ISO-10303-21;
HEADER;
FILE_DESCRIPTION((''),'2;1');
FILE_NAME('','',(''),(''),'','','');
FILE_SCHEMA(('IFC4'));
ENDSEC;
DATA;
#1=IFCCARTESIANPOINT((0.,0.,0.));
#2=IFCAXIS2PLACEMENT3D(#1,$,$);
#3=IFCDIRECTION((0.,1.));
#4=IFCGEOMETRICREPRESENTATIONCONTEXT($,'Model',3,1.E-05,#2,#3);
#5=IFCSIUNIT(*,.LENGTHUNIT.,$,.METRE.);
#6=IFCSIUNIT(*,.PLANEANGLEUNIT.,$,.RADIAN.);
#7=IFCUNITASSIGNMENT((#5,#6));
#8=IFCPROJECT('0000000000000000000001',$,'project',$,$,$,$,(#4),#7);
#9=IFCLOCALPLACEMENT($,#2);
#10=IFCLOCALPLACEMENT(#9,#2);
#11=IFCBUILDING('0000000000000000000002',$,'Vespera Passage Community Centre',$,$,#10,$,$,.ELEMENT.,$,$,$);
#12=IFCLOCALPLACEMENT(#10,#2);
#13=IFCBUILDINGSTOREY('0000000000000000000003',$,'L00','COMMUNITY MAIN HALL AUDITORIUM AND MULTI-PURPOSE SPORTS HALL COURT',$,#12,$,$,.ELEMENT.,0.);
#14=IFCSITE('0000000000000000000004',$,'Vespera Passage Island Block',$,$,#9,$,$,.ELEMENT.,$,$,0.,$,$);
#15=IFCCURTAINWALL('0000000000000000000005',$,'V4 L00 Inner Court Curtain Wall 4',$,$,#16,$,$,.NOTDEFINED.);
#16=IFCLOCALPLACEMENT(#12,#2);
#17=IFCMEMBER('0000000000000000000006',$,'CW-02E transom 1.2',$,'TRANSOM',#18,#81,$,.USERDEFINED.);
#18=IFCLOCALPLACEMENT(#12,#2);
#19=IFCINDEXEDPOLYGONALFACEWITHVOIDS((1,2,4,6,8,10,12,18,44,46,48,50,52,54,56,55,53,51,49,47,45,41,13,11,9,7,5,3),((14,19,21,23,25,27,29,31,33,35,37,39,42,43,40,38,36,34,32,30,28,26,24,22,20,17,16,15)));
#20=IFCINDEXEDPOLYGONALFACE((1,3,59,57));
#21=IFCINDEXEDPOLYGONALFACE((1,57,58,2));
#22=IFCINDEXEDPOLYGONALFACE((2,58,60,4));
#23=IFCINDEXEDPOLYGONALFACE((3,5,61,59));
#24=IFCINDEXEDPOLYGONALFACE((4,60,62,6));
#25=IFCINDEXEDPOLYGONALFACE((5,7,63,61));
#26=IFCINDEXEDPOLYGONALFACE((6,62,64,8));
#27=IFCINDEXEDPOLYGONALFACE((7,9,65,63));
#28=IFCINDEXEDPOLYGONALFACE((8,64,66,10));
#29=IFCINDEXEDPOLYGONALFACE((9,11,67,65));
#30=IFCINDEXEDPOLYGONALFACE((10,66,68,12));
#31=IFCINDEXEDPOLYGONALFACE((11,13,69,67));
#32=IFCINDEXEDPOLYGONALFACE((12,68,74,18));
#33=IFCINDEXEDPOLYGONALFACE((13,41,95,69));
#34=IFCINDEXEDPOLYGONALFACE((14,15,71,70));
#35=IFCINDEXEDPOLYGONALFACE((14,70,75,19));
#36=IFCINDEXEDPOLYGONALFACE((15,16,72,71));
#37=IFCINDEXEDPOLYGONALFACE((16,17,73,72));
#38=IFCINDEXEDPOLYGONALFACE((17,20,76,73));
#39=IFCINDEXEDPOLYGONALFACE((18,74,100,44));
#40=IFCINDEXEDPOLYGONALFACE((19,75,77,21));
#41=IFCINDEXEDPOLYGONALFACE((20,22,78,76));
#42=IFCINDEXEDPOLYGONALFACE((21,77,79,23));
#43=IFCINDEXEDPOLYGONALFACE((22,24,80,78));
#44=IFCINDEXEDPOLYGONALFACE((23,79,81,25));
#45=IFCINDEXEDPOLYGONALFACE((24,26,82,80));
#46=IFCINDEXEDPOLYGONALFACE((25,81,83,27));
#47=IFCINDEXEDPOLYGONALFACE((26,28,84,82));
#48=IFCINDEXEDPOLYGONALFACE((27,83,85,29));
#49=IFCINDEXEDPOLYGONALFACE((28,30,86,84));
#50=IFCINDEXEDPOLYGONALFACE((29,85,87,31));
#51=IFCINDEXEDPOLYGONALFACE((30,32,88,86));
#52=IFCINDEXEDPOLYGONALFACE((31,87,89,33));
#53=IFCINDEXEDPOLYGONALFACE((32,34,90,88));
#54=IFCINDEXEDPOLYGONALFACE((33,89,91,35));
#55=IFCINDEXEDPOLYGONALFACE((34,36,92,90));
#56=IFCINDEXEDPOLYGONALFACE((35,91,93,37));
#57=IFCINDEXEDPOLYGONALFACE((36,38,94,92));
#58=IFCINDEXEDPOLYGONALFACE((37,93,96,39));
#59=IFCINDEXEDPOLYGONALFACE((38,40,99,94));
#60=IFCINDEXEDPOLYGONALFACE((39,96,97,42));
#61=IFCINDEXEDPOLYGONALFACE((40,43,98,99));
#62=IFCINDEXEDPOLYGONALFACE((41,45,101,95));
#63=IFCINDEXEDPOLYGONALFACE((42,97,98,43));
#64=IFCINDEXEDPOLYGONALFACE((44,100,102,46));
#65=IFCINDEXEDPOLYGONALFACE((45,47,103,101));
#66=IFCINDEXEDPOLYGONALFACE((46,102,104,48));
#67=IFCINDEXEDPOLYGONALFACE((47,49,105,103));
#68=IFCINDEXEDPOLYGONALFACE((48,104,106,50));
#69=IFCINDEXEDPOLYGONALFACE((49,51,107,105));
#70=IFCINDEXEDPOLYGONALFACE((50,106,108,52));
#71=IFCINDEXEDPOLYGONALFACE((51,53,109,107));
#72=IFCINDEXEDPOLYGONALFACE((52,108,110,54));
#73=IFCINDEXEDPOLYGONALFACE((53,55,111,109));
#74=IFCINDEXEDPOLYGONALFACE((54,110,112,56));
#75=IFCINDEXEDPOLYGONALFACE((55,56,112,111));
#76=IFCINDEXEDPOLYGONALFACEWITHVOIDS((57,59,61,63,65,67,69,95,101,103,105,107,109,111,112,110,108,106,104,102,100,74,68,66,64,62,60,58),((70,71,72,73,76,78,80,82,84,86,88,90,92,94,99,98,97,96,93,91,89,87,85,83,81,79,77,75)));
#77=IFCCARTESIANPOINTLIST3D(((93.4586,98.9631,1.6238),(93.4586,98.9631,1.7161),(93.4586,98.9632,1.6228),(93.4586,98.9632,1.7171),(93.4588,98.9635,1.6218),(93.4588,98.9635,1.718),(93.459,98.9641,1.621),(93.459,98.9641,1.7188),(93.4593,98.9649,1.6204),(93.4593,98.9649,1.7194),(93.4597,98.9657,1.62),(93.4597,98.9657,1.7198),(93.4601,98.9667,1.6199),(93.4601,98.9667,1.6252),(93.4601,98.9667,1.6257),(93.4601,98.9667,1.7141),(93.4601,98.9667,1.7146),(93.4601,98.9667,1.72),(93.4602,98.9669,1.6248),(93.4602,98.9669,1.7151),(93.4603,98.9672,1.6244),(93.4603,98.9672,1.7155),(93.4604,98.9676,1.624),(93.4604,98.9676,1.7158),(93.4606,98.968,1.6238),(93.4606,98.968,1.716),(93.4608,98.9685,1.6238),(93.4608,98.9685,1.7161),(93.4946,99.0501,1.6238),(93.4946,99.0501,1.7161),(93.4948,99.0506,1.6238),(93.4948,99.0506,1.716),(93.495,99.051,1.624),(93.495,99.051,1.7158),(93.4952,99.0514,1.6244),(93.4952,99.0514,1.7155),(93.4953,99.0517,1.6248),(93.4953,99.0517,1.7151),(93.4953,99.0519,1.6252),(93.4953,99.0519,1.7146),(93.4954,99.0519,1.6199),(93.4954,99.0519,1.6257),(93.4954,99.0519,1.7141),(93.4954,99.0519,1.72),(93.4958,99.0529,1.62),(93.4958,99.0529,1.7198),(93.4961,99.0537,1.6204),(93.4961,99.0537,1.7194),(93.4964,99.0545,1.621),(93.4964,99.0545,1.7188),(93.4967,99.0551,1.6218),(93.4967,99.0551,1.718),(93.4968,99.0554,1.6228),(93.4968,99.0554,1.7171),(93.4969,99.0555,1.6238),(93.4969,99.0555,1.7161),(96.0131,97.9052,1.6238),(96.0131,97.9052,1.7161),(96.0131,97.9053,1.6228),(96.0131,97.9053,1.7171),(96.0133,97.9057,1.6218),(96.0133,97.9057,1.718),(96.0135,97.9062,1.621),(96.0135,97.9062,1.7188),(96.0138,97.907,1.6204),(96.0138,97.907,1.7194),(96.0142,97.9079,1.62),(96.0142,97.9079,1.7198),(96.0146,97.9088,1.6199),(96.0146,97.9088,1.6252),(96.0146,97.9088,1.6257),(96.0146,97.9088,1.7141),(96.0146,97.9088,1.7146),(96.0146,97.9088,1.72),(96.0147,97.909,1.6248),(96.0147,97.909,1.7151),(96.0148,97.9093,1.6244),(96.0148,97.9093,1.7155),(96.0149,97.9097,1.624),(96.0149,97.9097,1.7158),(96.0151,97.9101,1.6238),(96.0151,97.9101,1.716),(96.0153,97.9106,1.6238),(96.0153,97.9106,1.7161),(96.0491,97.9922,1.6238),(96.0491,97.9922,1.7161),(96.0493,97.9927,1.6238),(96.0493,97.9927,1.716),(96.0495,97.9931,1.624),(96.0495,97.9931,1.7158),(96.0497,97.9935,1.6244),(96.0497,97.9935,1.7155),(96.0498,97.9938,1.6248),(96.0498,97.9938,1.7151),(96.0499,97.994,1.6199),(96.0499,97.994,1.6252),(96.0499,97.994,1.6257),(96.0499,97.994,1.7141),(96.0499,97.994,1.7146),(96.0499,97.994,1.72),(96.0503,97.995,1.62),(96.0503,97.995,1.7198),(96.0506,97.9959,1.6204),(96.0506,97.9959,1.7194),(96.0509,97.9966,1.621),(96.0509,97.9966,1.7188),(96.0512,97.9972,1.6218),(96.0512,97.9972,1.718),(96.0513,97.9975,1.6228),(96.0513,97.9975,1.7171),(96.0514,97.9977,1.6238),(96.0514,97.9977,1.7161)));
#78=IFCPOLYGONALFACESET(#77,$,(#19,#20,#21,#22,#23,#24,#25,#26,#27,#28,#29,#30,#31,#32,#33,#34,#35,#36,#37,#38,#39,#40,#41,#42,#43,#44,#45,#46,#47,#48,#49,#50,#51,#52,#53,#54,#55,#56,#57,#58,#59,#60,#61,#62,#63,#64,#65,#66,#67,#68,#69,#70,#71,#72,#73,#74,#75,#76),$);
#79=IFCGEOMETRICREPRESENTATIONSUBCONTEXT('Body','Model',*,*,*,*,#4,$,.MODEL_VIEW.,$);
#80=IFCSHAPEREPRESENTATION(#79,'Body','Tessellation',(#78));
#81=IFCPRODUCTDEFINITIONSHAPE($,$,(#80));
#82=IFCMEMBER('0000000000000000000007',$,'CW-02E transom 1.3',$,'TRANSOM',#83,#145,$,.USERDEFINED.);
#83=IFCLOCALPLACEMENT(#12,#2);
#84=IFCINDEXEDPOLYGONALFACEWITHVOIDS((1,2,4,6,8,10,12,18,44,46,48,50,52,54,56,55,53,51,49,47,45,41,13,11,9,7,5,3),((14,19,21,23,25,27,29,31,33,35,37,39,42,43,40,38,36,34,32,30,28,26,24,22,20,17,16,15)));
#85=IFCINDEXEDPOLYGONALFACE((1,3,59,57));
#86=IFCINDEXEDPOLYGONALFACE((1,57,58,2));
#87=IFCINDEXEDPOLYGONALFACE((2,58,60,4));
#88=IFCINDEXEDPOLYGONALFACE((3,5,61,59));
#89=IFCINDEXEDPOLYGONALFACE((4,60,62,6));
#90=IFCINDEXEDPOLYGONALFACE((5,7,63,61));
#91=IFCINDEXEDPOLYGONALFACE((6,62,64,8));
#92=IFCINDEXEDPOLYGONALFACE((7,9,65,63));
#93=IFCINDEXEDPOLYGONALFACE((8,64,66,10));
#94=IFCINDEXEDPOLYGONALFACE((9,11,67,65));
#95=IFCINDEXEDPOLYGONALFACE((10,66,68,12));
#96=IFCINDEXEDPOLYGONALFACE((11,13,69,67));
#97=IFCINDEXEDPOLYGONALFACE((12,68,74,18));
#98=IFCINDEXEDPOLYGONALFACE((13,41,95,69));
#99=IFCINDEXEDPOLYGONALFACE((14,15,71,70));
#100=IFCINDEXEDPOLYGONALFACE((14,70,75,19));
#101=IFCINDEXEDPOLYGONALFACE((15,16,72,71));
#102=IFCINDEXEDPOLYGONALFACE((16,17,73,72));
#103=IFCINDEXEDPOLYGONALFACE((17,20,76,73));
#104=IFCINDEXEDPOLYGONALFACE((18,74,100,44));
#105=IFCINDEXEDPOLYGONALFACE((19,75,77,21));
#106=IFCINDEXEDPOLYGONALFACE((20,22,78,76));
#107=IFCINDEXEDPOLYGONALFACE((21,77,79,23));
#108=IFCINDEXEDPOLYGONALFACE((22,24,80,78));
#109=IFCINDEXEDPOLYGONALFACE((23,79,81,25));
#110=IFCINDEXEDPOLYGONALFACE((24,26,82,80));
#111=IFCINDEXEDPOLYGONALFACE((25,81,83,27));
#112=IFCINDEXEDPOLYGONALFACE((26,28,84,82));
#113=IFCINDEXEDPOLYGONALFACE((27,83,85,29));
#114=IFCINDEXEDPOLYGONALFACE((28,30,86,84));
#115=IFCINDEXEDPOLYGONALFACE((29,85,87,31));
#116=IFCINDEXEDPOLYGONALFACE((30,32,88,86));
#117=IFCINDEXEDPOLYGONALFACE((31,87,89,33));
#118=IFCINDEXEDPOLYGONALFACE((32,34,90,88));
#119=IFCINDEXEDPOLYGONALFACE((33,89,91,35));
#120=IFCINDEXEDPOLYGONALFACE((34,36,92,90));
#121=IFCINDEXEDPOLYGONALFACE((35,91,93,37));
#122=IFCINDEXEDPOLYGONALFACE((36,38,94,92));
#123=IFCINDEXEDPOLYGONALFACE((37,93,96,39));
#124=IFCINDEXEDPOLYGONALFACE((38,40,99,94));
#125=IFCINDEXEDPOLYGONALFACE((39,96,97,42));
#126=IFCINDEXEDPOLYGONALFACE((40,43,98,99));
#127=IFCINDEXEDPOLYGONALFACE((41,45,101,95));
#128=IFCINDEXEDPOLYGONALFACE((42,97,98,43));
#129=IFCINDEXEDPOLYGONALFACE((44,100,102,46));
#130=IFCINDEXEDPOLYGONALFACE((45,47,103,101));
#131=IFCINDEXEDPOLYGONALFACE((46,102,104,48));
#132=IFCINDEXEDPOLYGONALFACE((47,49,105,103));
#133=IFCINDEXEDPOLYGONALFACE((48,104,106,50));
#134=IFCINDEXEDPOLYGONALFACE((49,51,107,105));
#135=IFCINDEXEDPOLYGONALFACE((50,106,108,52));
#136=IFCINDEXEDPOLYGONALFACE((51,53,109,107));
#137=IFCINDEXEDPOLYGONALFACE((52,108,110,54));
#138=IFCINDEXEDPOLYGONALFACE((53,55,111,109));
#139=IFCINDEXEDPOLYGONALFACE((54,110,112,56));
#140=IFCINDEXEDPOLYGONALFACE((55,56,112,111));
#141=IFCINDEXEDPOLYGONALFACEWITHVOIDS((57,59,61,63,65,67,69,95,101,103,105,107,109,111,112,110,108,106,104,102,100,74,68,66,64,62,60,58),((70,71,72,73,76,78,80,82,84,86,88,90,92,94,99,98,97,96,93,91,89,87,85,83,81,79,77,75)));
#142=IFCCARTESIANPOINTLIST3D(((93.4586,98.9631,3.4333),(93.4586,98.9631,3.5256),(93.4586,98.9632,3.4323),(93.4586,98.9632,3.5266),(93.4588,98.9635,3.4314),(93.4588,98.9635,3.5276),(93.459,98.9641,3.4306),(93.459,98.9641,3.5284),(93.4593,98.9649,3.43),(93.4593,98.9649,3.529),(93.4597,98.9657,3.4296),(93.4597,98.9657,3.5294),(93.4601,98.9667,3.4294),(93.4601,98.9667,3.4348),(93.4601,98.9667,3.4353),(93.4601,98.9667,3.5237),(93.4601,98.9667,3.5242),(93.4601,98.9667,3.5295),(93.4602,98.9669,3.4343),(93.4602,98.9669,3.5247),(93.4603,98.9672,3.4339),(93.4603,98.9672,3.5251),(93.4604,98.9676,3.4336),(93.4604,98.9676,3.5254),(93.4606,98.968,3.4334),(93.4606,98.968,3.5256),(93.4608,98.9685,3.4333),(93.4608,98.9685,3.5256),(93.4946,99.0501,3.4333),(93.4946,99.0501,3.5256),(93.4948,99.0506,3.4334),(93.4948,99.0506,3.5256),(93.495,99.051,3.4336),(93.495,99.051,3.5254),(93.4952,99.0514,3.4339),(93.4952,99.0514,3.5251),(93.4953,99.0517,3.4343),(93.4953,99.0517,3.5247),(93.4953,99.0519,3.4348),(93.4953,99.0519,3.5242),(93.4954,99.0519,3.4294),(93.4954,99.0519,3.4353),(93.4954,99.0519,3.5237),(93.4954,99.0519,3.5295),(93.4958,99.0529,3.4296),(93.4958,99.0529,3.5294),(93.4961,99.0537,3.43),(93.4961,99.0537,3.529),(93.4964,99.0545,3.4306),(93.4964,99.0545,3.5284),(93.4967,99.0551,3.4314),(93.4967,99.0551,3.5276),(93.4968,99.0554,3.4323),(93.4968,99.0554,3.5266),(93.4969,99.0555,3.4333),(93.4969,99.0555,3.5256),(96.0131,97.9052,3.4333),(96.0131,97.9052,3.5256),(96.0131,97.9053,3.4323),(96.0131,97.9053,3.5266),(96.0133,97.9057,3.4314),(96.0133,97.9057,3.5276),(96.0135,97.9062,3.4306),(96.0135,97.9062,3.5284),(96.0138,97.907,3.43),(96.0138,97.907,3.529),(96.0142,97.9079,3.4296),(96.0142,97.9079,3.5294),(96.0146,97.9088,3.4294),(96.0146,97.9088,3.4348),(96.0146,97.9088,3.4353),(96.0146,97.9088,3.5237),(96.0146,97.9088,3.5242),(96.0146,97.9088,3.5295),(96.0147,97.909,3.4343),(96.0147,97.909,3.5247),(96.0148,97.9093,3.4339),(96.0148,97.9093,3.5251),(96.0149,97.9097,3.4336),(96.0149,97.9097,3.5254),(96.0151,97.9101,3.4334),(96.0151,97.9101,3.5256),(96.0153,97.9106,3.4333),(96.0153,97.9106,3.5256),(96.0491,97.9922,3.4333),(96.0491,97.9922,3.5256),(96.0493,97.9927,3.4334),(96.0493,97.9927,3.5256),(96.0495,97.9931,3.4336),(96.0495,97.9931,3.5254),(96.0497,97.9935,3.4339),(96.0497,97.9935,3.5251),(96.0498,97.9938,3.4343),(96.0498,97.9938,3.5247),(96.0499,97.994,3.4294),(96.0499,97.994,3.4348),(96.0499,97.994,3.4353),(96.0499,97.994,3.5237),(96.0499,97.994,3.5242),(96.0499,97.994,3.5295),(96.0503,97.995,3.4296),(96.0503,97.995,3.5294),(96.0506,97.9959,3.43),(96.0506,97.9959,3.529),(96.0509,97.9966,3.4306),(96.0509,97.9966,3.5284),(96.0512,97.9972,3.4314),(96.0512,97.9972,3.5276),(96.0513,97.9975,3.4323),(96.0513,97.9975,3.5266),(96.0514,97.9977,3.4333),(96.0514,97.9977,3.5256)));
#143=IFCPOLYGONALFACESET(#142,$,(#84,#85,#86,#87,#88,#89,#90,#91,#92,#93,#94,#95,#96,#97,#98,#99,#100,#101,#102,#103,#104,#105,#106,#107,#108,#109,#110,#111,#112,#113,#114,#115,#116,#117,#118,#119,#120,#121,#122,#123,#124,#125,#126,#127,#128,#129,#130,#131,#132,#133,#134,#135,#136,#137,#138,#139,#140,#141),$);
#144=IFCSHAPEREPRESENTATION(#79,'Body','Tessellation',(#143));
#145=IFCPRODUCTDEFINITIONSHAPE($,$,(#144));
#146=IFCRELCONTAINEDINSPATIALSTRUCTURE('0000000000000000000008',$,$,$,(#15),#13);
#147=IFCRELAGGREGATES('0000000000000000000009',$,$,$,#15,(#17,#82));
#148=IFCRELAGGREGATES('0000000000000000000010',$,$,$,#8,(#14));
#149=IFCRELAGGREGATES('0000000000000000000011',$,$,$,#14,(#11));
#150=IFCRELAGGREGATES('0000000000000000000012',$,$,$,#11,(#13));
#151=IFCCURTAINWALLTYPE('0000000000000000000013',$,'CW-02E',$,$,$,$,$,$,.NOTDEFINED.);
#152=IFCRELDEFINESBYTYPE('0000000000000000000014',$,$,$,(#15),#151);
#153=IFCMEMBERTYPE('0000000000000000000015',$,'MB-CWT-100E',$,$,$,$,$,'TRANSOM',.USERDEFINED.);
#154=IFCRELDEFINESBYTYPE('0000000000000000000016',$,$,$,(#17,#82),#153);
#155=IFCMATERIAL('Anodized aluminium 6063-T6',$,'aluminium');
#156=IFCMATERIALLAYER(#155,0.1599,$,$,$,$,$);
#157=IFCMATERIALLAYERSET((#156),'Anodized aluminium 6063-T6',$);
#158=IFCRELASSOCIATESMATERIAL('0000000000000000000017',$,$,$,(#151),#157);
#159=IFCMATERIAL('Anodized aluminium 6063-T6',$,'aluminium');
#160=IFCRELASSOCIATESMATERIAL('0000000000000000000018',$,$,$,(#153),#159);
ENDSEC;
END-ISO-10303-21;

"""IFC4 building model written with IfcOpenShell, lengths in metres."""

from ifc_helpers import new_model, si_unit, direction, frame, origin, origin_2d, place, context, subcontext, project, spatial, hollow_rectangle, extrude, material, layer, layer_set, material_profile, profile_set, type_object, element, aggregate, save


model = new_model("IFC4")

# Units and contexts
model_context = context("Model", 3, precision=1e-05, world=origin(), true_north=direction((0.0, 1.0)))
body_context = subcontext(model_context, "Body", "Model", "MODEL_VIEW")
ifc_project = project(units=[si_unit("LENGTHUNIT", "METRE"), si_unit("PLANEANGLEUNIT", "RADIAN")], contexts=[model_context])

# Site, building, storey
site_placement = place(None, origin())
site = spatial("IfcSite", under=ifc_project, at=site_placement, Name="Vespera Passage Island Block", CompositionType="ELEMENT", RefElevation=0.0)
building_placement = place(site_placement, origin())
building = spatial("IfcBuilding", under=site, at=building_placement, Name="Vespera Passage Community Centre", CompositionType="ELEMENT")
storey_placement = place(building_placement, origin())
storey = spatial("IfcBuildingStorey", under=building, at=storey_placement, Name="L00", Description="COMMUNITY MAIN HALL AUDITORIUM AND MULTI-PURPOSE SPORTS HALL COURT", CompositionType="ELEMENT", Elevation=0.0)

# Curtain wall, members
ifc_material_1 = material(Name="Anodized aluminium 6063-T6", Category="aluminium")
ifc_layer_1 = layer(ifc_material_1, 0.1599)
ifc_layer_set_1 = layer_set([ifc_layer_1], Name="Anodized aluminium 6063-T6")
curtain_wall_type_1 = type_object("IfcCurtainWallType", Name="CW-02E", PredefinedType="NOTDEFINED", material=ifc_layer_set_1)
curtain_wall_1_placement = place(storey_placement, origin())
curtain_wall_1 = element("IfcCurtainWall", 1, at=curtain_wall_1_placement, inside=storey, type_object=curtain_wall_type_1, Name="V4 L00 Inner Court Curtain Wall 4", PredefinedType="NOTDEFINED")
ifc_material_2 = material(Name="Anodized aluminium 6063-T6", Category="aluminium")
ifc_material_profile_1 = material_profile(ifc_material_2, hollow_rectangle(XDim=0.1001, YDim=0.1001, WallThickness=0.0039, InnerFilletRadius=0.002, OuterFilletRadius=0.0039, at=origin_2d()), Name="ALU100X100X4")
ifc_profile_set_1 = profile_set([ifc_material_profile_1], Name="Anodized aluminium 6063-T6")
member_type_1 = type_object("IfcMemberType", Name="MB-CWT-100E", ElementType="TRANSOM", PredefinedType="USERDEFINED", material=ifc_profile_set_1)
member_1_placement = place(storey_placement, frame((96.0322, 97.9514, 1.6699), z_axis=(-0.923908, 0.382614, 0.0), x_axis=(-0.382614, -0.923908, 0.0)))
member_1 = element("IfcMember", 2, at=member_1_placement, type_object=member_type_1, Name="CW-02E transom 1.2", ObjectType="TRANSOM", PredefinedType="USERDEFINED", context=body_context, shape_type="SweptSolid", body=[
    extrude(hollow_rectangle(XDim=0.1001, YDim=0.1001, WallThickness=0.0039, InnerFilletRadius=0.002, OuterFilletRadius=0.0039, at=origin_2d()), origin(), (0.0, 0.0, 1.0), 2.7649),
])
member_2_placement = place(storey_placement, frame((96.0322, 97.9514, 3.4795), z_axis=(-0.923908, 0.382614, 0.0), x_axis=(-0.382614, -0.923908, 0.0)))
member_2 = element("IfcMember", 3, at=member_2_placement, type_object=member_type_1, Name="CW-02E transom 1.3", ObjectType="TRANSOM", PredefinedType="USERDEFINED", context=body_context, shape_type="SweptSolid", body=[
    extrude(hollow_rectangle(XDim=0.1001, YDim=0.1001, WallThickness=0.0039, InnerFilletRadius=0.002, OuterFilletRadius=0.0039, at=origin_2d()), origin(), (0.0, 0.0, 1.0), 2.7649),
])

aggregate(curtain_wall_1, [member_1, member_2])

save(model, "model.ifc")
